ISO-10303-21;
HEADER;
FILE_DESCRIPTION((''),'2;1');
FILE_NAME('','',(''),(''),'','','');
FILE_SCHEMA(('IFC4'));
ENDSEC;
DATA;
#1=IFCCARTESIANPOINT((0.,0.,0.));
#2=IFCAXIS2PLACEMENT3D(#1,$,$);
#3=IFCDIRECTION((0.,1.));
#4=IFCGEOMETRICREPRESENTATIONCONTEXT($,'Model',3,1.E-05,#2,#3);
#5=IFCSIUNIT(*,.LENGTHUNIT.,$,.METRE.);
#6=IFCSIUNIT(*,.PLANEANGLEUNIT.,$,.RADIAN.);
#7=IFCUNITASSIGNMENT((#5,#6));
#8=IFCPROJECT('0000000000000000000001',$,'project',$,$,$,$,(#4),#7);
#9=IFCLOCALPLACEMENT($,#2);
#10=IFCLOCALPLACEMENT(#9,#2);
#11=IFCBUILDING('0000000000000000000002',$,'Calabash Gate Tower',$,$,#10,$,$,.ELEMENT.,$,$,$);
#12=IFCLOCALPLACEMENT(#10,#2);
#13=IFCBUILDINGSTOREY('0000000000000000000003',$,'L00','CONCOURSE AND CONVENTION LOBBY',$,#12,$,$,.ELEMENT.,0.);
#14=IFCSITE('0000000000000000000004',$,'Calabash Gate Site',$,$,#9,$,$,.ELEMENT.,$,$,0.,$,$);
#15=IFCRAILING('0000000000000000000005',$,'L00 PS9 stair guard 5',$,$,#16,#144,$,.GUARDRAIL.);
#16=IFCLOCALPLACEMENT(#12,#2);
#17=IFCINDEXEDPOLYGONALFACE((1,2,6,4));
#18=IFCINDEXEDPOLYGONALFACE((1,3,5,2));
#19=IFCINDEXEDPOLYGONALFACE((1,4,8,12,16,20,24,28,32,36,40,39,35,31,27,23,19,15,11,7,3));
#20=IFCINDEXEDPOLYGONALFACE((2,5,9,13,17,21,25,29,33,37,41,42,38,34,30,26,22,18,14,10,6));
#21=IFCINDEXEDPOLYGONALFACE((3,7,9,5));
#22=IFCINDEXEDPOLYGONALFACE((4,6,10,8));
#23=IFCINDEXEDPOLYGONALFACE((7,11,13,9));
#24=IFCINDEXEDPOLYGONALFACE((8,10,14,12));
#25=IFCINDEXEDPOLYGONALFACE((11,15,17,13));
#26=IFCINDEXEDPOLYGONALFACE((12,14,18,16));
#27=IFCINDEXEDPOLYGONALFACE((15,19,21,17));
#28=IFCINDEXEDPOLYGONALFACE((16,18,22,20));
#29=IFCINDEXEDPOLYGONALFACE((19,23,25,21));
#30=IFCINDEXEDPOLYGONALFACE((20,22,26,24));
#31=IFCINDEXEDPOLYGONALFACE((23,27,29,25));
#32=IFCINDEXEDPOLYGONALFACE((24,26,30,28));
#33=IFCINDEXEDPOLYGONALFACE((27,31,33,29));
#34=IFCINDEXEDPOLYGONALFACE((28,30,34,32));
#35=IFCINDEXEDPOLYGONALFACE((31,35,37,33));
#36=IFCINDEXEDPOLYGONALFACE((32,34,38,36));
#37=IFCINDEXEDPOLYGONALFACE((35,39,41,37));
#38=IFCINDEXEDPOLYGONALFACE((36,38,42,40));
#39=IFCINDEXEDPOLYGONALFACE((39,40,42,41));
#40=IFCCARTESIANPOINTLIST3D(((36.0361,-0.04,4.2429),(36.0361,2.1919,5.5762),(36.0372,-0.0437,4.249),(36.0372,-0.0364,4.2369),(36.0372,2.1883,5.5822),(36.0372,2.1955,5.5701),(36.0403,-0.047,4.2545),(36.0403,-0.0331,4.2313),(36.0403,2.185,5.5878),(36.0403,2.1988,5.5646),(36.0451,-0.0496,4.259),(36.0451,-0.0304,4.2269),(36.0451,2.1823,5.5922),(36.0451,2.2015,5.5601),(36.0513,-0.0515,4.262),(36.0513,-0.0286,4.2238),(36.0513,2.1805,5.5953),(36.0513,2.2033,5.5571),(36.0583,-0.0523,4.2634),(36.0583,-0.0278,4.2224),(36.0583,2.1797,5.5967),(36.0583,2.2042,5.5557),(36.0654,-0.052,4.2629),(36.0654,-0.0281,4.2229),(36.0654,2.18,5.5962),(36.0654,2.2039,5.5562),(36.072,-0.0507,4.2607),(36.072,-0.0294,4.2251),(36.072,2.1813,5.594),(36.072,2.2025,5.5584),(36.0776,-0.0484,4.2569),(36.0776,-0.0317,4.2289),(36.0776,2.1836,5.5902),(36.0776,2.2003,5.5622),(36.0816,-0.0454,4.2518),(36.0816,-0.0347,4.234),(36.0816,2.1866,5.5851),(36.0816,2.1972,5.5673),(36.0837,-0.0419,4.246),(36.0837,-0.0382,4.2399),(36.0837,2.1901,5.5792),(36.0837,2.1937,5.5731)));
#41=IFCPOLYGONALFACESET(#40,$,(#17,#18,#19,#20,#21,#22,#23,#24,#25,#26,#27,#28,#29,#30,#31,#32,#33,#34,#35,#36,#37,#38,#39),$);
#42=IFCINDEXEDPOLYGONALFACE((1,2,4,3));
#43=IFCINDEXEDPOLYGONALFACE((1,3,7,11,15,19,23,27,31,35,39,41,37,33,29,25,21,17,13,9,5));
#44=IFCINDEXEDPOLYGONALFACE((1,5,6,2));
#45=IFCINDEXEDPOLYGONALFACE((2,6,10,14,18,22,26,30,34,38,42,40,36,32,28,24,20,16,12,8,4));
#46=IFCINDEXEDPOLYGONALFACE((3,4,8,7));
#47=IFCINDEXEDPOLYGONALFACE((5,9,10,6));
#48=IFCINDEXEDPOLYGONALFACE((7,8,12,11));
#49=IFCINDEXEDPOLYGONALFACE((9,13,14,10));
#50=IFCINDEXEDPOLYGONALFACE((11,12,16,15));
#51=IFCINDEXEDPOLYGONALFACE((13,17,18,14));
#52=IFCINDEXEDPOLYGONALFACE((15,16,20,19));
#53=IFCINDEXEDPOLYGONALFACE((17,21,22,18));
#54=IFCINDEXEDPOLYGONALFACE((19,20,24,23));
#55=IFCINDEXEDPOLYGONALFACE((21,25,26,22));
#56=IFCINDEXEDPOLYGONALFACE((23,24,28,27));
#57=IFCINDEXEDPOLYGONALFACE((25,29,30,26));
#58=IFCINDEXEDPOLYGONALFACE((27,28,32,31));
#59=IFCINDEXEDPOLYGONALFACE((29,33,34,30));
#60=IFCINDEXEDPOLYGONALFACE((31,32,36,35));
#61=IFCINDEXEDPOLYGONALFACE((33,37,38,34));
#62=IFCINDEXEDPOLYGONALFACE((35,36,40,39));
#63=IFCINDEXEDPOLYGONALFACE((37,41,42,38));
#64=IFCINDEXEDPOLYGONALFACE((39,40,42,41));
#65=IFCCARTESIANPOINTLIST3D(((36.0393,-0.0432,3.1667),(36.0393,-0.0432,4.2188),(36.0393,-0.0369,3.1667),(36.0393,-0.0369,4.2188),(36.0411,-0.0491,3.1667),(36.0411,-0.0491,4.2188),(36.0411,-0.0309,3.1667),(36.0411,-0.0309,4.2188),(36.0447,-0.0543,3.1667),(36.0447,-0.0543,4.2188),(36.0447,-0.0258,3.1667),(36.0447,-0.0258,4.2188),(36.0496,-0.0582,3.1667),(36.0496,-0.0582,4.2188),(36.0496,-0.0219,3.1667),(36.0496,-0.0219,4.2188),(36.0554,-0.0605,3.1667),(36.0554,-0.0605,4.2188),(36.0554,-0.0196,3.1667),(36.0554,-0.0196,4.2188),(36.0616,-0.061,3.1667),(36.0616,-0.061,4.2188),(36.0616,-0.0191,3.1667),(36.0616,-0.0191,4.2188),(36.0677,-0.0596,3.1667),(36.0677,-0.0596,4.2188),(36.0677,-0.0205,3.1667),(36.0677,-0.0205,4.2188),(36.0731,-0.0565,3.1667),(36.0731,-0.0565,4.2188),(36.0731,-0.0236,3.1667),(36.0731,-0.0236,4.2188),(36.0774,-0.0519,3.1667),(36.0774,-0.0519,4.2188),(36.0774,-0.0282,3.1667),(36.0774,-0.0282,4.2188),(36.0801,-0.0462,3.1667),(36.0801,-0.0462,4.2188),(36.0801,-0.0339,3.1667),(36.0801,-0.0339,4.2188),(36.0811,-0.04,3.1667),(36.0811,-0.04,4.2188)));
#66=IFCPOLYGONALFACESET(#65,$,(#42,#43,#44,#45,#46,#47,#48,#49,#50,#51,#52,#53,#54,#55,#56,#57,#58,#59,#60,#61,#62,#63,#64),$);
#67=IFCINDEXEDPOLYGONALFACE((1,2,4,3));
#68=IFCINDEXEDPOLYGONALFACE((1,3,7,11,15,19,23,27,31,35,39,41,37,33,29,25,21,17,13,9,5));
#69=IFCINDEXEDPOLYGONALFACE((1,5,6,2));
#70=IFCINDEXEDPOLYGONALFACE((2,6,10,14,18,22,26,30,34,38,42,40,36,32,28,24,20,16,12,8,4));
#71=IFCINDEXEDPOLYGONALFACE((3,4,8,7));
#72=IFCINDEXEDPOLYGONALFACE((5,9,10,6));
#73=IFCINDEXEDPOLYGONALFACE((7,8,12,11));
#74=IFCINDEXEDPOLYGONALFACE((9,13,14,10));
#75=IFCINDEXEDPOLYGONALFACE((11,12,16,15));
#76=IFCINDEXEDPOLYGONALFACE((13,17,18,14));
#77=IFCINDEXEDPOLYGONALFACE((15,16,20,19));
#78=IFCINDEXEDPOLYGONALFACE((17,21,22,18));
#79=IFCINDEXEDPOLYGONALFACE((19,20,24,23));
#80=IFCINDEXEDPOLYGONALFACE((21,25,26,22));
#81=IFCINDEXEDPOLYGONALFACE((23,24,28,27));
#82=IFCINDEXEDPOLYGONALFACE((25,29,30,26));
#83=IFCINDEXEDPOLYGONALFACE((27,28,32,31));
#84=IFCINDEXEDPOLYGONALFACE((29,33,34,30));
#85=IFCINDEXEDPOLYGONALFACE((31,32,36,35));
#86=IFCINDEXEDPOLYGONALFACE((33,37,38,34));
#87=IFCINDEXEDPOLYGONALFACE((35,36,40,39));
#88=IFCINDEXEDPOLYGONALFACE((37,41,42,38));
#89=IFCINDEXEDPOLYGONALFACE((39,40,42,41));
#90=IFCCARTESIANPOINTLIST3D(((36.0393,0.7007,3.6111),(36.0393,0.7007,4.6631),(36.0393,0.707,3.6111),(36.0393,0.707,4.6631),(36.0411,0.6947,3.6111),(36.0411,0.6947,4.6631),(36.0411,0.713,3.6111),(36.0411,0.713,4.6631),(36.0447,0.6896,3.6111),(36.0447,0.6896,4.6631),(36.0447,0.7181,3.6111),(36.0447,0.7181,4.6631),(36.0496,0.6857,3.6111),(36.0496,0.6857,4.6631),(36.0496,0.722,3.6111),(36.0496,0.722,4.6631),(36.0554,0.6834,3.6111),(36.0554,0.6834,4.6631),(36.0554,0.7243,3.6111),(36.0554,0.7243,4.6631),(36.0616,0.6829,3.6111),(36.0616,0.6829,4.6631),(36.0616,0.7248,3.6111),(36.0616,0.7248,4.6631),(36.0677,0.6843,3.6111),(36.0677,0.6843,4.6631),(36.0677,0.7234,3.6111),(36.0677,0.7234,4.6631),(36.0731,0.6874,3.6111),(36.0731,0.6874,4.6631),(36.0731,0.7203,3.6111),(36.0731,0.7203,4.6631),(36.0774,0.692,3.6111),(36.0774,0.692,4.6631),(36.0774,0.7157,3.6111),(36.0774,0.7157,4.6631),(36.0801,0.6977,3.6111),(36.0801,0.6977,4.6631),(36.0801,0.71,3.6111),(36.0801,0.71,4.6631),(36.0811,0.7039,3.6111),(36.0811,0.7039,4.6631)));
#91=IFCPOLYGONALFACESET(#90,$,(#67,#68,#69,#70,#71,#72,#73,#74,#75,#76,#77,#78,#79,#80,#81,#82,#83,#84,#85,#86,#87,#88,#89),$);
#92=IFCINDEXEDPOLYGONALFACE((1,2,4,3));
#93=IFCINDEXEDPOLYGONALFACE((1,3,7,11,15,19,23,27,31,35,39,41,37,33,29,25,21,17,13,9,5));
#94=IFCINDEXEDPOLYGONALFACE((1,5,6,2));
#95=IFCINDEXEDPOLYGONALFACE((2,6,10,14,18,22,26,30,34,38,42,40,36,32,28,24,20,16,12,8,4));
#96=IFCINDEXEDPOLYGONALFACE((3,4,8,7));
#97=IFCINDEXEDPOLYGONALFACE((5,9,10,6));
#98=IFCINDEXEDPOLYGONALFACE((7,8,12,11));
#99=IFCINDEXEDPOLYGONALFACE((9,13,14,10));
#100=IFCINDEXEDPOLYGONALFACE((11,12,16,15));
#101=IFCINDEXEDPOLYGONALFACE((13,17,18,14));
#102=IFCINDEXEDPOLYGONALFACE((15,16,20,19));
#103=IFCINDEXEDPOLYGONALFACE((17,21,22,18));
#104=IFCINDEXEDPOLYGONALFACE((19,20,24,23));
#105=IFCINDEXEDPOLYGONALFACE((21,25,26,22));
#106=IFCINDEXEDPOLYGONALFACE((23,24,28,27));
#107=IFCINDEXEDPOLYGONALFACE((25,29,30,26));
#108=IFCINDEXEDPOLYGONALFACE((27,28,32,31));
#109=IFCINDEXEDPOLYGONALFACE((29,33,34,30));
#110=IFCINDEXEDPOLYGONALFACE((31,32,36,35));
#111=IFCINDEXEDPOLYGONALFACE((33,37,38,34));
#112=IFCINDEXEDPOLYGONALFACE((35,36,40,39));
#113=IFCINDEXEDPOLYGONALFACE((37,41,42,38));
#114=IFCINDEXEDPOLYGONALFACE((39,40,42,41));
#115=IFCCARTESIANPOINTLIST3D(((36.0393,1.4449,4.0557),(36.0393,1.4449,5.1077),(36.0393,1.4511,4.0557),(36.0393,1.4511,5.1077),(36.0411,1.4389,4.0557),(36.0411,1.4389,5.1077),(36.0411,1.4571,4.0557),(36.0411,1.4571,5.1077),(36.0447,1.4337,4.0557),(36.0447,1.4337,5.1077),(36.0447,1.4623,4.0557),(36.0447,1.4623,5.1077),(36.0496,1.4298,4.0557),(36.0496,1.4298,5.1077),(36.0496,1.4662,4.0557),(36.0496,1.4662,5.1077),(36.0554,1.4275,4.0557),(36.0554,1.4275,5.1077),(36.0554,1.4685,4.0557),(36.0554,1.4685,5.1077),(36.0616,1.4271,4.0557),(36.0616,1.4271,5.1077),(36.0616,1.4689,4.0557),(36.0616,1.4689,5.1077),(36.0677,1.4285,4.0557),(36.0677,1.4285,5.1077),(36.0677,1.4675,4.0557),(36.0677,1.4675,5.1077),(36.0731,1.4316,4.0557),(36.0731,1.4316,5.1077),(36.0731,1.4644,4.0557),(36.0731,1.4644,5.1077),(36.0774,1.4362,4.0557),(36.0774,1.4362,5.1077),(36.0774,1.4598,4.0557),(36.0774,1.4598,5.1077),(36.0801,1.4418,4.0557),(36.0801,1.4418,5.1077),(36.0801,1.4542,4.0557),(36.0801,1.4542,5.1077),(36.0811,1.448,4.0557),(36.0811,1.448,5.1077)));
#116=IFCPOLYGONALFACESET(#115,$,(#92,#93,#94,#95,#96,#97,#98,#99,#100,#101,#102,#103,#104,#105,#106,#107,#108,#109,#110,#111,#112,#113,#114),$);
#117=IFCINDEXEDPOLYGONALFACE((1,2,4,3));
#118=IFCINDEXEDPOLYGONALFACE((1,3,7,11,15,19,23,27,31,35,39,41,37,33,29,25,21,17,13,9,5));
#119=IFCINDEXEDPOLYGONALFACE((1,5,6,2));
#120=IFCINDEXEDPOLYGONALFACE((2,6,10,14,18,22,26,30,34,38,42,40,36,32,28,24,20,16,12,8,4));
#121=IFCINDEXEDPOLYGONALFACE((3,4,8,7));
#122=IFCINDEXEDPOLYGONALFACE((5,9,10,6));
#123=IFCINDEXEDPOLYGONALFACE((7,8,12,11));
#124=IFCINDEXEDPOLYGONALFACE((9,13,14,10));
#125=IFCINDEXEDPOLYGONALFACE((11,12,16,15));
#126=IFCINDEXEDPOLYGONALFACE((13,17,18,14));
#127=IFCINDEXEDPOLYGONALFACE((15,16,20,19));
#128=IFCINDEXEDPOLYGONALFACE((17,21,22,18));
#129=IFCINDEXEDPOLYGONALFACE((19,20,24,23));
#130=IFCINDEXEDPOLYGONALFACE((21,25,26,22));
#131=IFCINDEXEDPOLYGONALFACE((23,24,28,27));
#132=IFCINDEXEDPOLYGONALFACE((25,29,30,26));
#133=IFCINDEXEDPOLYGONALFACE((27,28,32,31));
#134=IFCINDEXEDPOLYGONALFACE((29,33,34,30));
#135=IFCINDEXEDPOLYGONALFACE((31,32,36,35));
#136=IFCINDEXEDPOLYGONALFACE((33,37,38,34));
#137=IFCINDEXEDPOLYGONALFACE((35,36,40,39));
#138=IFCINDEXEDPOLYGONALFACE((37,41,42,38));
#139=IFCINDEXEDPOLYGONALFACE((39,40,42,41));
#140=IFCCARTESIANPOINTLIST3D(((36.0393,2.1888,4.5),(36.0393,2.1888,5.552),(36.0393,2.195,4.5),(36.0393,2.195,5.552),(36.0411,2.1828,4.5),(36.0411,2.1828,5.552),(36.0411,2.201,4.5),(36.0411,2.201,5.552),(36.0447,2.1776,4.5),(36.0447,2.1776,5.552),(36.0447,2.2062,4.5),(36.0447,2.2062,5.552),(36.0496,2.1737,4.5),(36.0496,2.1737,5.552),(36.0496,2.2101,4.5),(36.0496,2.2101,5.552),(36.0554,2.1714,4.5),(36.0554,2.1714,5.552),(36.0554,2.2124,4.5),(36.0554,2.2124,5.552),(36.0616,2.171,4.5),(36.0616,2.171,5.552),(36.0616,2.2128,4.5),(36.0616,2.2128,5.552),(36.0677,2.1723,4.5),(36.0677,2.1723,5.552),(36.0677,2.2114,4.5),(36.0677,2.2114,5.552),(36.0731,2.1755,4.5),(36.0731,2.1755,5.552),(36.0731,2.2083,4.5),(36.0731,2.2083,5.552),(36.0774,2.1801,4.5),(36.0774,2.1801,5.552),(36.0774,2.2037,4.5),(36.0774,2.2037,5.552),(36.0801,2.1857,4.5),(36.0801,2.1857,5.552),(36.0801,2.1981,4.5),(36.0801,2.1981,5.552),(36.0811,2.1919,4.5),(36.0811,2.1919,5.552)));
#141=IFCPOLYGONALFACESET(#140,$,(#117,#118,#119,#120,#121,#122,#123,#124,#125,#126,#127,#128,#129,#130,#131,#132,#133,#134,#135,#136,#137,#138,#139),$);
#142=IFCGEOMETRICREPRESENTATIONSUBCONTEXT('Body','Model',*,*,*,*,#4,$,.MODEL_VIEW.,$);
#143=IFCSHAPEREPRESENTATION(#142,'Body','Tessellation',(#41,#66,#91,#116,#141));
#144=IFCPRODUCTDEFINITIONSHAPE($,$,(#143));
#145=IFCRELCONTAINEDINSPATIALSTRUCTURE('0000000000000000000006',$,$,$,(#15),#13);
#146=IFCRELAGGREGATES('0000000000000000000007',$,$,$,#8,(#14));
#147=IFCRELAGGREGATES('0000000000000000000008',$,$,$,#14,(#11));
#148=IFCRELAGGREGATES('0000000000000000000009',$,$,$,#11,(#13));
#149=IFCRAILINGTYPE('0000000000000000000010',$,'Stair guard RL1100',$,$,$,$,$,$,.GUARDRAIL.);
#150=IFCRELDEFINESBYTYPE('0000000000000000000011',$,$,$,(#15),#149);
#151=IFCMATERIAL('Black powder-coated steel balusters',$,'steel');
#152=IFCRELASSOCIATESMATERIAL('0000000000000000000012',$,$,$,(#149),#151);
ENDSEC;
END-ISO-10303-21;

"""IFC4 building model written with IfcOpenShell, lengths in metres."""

from ifc_helpers import new_model, si_unit, direction, frame, origin, origin_2d, place, context, subcontext, project, spatial, circle, extrude, material, type_object, element, save


model = new_model("IFC4")

# Units and contexts
model_context = context("Model", 3, precision=1e-05, world=origin(), true_north=direction((0.0, 1.0)))
body_context = subcontext(model_context, "Body", "Model", "MODEL_VIEW")
ifc_project = project(units=[si_unit("LENGTHUNIT", "METRE"), si_unit("PLANEANGLEUNIT", "RADIAN")], contexts=[model_context])

# Site, building, storey
site_placement = place(None, origin())
site = spatial("IfcSite", under=ifc_project, at=site_placement, Name="Calabash Gate Site", CompositionType="ELEMENT", RefElevation=0.0)
building_placement = place(site_placement, origin())
building = spatial("IfcBuilding", under=site, at=building_placement, Name="Calabash Gate Tower", CompositionType="ELEMENT")
storey_placement = place(building_placement, origin())
storey = spatial("IfcBuildingStorey", under=building, at=storey_placement, Name="L00", Description="CONCOURSE AND CONVENTION LOBBY", CompositionType="ELEMENT", Elevation=0.0)

# Railing
ifc_material_1 = material(Name="Black powder-coated steel balusters", Category="steel")
railing_type_1 = type_object("IfcRailingType", Name="Stair guard RL1100", PredefinedType="GUARDRAIL", material=ifc_material_1)
railing_1_placement = place(storey_placement, frame((36.0601, -0.04, 3.1667)))
element("IfcRailing", 1, at=railing_1_placement, inside=storey, type_object=railing_type_1, Name="L00 PS9 stair guard 5", PredefinedType="GUARDRAIL", context=body_context, shape_type="SweptSolid", body=[
    extrude(circle(Radius=0.0239, at=origin_2d()), frame((0.0, 0.0, 1.0762), z_axis=(0.0, 0.858494, 0.512824), x_axis=(-1.0, 0.0, 0.0)), (0.0, 0.0, 1.0), 2.5999),
    extrude(circle(Radius=0.021, at=origin_2d()), origin(), (0.0, 0.0, 1.0), 1.052),
    extrude(circle(Radius=0.021, at=origin_2d()), frame((0.0, 0.7439, 0.4443)), (0.0, 0.0, 1.0), 1.052),
    extrude(circle(Radius=0.021, at=origin_2d()), frame((0.0, 1.488, 0.8889)), (0.0, 0.0, 1.0), 1.052),
    extrude(circle(Radius=0.021, at=origin_2d()), frame((0.0, 2.2319, 1.3333)), (0.0, 0.0, 1.0), 1.052),
])

save(model, "model.ifc")
